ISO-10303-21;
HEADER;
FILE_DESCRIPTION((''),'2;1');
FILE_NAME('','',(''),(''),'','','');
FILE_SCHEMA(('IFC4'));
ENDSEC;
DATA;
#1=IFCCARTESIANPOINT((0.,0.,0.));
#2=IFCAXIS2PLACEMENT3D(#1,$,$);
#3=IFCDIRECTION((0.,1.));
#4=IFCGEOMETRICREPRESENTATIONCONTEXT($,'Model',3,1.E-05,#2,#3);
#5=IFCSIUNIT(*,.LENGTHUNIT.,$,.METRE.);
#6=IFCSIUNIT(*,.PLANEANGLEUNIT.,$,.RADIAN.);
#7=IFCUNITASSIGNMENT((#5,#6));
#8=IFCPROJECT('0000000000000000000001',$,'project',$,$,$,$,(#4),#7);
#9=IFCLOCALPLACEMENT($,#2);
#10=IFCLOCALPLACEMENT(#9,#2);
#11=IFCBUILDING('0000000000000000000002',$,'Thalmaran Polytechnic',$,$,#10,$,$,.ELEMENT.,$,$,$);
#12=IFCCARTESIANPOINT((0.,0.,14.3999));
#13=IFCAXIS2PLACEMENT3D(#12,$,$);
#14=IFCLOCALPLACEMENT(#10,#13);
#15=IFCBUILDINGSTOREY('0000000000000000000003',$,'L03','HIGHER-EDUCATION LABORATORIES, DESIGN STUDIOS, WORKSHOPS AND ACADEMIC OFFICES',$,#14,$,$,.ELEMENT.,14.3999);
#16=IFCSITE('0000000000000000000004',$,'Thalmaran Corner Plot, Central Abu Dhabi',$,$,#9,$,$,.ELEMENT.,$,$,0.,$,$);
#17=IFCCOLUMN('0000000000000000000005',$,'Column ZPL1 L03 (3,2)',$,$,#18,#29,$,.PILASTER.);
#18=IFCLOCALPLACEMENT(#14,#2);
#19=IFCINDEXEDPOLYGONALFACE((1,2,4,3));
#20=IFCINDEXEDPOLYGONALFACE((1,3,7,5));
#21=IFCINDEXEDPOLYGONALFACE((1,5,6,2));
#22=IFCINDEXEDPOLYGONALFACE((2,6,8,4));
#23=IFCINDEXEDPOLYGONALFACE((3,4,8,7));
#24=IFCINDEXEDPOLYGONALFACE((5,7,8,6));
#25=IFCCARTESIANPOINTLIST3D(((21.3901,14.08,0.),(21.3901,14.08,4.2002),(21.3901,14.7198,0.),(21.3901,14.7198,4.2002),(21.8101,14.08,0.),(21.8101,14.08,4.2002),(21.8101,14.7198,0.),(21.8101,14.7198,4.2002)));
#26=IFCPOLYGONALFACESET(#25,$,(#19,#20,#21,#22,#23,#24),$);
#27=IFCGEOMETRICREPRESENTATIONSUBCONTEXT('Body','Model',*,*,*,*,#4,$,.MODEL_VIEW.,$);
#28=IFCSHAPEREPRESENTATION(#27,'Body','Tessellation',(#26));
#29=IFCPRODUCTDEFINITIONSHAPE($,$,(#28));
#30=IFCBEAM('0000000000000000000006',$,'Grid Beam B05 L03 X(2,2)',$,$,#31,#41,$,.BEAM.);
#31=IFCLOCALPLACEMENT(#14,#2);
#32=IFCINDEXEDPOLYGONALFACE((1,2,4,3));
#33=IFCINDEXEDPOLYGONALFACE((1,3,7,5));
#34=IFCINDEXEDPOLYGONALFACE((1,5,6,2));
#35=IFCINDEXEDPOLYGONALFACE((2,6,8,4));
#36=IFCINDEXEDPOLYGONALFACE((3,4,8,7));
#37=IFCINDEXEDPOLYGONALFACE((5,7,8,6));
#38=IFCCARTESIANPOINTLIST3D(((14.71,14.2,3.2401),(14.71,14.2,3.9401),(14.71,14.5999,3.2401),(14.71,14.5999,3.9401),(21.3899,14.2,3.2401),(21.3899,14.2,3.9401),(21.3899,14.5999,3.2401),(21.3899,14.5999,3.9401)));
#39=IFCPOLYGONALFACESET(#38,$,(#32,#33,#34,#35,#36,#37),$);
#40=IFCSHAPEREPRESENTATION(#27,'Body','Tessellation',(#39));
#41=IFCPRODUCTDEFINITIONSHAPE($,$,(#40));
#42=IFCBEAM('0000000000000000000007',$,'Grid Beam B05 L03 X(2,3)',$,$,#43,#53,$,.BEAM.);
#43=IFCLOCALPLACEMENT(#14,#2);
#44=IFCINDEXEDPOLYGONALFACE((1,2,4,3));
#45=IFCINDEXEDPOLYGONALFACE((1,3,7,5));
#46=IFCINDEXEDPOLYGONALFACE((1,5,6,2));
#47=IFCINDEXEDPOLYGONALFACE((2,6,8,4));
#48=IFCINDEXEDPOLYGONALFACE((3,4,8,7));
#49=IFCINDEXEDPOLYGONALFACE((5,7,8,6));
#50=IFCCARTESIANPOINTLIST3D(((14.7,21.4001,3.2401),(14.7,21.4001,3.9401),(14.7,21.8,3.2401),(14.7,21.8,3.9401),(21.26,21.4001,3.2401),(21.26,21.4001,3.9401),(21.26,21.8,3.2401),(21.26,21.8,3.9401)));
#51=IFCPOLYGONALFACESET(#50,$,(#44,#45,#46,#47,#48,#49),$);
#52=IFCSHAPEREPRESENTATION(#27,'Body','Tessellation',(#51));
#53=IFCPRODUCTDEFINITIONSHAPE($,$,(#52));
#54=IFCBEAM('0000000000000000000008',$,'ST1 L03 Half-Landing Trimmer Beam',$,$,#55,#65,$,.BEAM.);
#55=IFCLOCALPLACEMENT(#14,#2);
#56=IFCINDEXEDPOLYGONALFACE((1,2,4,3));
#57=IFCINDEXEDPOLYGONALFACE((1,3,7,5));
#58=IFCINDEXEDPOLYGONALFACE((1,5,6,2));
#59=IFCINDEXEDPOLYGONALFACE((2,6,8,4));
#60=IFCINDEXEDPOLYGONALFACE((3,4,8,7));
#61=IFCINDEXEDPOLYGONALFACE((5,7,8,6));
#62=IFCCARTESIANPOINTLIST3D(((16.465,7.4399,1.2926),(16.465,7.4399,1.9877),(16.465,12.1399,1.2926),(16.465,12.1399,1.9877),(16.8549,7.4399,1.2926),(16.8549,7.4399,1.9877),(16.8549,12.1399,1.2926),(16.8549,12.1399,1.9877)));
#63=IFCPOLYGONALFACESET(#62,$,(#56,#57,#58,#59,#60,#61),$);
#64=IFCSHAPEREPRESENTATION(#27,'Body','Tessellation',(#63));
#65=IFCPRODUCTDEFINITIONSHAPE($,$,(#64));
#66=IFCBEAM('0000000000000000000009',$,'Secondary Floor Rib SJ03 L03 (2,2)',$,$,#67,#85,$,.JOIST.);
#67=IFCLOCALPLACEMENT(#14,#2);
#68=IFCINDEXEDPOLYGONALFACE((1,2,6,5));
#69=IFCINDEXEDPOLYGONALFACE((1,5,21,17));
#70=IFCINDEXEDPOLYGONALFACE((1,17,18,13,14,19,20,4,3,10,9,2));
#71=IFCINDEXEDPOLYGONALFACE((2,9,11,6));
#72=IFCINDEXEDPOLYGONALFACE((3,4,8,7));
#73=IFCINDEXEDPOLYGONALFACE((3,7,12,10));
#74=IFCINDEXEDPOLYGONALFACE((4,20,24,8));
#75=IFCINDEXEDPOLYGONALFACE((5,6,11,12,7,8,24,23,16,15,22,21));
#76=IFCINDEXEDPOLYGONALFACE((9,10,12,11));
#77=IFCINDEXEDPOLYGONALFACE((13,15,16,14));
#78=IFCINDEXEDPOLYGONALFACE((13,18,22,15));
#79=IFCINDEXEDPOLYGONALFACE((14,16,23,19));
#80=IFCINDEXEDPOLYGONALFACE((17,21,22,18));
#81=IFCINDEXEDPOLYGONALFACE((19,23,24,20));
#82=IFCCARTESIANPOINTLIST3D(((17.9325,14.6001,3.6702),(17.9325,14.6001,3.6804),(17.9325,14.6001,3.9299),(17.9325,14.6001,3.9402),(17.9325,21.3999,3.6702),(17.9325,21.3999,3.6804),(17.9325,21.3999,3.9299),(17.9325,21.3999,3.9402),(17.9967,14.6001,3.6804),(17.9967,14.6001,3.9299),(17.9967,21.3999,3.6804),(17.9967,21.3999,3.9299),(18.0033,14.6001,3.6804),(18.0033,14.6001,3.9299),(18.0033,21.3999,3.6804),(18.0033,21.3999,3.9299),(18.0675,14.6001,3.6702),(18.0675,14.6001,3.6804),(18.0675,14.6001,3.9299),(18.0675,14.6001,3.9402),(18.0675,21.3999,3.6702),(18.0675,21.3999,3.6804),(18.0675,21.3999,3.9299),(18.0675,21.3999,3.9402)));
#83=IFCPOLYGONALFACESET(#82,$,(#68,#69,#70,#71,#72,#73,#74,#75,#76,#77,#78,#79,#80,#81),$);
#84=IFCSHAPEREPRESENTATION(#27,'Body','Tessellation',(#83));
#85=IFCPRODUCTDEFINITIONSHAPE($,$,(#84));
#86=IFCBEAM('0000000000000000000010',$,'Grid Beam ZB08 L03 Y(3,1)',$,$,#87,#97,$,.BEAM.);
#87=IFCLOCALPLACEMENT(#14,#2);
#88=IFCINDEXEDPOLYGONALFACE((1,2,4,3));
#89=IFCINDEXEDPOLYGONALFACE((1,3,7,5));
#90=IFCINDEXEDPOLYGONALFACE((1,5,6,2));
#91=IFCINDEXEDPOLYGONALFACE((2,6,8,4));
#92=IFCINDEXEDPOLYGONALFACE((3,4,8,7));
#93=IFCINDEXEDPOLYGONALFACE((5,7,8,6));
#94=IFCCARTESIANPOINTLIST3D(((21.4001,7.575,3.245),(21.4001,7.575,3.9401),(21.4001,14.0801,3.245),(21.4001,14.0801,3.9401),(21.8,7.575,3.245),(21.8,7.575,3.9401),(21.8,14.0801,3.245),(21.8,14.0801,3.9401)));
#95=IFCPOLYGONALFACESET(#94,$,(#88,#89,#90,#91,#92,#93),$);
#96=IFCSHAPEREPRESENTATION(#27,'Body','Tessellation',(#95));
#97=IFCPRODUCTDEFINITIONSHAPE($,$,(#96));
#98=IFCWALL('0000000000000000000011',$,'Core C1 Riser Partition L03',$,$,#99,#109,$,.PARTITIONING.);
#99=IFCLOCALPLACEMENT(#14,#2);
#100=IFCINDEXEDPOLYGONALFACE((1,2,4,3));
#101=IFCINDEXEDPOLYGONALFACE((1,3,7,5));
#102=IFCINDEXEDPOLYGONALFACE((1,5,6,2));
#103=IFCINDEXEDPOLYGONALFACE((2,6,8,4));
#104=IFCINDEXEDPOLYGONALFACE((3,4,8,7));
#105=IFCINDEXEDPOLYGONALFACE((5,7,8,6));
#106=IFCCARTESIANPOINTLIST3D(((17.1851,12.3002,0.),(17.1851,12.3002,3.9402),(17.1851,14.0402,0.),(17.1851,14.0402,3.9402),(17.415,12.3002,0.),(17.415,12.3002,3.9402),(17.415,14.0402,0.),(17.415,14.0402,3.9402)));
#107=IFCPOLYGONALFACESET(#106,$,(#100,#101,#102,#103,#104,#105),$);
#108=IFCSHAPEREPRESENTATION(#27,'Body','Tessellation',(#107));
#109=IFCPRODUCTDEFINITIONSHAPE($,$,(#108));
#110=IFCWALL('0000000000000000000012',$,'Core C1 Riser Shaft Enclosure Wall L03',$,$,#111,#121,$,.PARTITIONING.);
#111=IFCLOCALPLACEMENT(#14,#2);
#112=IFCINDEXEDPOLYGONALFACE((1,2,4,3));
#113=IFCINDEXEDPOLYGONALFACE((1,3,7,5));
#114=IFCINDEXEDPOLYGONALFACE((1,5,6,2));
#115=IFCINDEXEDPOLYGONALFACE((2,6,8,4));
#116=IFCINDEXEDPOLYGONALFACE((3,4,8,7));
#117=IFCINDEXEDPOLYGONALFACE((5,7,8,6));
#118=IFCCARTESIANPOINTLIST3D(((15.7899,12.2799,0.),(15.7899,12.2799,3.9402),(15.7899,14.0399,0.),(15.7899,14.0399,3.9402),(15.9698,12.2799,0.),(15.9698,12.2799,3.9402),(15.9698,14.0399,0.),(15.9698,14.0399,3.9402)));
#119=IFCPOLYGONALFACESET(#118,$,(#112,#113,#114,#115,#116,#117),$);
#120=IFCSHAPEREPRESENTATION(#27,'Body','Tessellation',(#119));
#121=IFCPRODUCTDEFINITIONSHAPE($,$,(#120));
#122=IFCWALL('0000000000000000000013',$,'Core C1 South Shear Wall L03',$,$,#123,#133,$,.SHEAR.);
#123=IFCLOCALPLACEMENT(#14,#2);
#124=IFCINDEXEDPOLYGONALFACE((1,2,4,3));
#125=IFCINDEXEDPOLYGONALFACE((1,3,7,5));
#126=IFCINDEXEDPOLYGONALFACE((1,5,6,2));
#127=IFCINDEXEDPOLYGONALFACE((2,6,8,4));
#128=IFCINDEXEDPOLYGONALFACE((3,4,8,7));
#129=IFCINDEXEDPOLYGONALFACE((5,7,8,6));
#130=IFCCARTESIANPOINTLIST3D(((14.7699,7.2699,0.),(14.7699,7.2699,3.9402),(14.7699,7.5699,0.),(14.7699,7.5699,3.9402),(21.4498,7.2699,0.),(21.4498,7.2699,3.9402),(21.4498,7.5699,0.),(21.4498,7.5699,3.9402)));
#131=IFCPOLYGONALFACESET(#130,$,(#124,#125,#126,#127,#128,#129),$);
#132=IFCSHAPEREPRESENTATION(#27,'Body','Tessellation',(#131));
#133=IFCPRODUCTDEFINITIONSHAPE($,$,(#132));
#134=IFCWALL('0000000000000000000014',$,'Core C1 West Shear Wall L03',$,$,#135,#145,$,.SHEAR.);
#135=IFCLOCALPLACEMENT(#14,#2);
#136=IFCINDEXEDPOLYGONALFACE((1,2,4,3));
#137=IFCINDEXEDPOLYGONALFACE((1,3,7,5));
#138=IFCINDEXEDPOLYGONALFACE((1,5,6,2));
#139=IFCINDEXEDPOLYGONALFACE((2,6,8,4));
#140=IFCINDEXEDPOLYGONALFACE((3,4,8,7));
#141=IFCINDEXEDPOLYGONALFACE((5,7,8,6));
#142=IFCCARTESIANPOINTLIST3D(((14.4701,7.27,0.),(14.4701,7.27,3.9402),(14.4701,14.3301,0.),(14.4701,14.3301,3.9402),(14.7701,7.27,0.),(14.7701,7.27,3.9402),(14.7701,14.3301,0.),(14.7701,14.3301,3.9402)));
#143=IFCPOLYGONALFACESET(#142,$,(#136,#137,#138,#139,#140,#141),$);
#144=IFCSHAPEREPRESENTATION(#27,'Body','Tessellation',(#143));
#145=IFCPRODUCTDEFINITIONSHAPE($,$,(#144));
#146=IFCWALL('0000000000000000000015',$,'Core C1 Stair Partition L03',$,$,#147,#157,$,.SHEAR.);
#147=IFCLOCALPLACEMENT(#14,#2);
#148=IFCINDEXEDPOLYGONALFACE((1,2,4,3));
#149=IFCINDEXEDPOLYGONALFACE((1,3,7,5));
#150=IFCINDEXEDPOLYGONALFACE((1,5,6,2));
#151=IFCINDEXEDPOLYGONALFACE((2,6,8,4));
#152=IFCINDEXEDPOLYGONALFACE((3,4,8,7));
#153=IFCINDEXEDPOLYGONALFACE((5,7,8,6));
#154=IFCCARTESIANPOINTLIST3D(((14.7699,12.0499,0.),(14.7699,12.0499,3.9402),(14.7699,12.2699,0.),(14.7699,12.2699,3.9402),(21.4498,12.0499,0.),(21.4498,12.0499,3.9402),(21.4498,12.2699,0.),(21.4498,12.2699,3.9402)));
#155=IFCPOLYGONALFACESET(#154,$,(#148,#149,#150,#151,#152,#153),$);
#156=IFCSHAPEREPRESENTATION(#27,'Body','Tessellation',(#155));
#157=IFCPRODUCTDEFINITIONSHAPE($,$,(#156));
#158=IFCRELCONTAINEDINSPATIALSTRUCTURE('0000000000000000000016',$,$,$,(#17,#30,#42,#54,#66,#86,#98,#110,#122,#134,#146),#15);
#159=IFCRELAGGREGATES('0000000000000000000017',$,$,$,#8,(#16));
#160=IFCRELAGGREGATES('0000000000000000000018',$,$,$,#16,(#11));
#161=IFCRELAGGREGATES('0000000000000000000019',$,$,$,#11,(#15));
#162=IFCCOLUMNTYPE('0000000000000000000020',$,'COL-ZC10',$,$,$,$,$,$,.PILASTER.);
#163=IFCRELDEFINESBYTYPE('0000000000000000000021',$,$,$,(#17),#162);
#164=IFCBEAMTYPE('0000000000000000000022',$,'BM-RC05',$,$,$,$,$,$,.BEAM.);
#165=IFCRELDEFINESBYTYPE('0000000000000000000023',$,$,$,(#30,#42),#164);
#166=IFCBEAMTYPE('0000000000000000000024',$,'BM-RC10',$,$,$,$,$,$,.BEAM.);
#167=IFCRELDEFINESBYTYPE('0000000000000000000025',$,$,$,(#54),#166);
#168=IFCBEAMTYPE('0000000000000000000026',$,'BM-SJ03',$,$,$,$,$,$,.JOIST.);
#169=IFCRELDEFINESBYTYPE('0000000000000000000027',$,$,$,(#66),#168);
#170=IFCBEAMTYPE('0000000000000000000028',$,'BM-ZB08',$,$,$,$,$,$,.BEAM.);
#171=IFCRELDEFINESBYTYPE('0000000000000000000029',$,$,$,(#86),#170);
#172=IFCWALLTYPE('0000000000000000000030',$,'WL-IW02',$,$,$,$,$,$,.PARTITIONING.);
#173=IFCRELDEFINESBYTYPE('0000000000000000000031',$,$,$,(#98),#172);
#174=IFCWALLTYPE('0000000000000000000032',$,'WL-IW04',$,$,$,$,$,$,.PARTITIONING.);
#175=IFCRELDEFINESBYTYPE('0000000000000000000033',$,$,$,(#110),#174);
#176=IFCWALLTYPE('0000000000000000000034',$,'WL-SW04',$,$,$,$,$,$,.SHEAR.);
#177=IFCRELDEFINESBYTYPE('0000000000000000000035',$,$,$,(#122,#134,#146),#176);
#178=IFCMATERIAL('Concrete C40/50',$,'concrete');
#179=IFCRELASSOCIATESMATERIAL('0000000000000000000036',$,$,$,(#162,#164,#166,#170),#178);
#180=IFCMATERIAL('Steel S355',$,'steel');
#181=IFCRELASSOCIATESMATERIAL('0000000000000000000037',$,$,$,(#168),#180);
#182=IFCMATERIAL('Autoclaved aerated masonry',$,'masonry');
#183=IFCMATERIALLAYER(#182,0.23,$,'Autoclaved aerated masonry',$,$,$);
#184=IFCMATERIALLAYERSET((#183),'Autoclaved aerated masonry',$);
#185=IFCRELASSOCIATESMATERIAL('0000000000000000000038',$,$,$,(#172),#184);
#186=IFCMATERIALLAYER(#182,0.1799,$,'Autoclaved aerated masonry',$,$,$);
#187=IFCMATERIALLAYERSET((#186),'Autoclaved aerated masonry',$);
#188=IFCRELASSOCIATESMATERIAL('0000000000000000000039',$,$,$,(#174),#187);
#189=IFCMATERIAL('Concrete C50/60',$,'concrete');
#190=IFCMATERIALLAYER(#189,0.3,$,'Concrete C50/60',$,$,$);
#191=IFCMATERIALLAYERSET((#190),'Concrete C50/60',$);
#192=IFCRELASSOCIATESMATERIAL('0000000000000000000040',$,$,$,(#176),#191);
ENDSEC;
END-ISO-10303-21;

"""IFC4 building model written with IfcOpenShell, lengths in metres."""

from ifc_helpers import new_model, si_unit, direction, frame, frame_2d, origin, origin_2d, place, context, subcontext, project, spatial, rectangle, i_section, extrude, material, layer, layer_set, material_profile, profile_set, type_object, element, save


model = new_model("IFC4")

# Units and contexts
model_context = context("Model", 3, precision=1e-05, world=origin(), true_north=direction((0.0, 1.0)))
body_context = subcontext(model_context, "Body", "Model", "MODEL_VIEW")
ifc_project = project(units=[si_unit("LENGTHUNIT", "METRE"), si_unit("PLANEANGLEUNIT", "RADIAN")], contexts=[model_context])

# Site, building, storey
site_placement = place(None, origin())
site = spatial("IfcSite", under=ifc_project, at=site_placement, Name="Thalmaran Corner Plot, Central Abu Dhabi", CompositionType="ELEMENT", RefElevation=0.0)
building_placement = place(site_placement, origin())
building = spatial("IfcBuilding", under=site, at=building_placement, Name="Thalmaran Polytechnic", CompositionType="ELEMENT")
storey_placement = place(building_placement, frame((0.0, 0.0, 14.3999)))
storey = spatial("IfcBuildingStorey", under=building, at=storey_placement, Name="L03", Description="HIGHER-EDUCATION LABORATORIES, DESIGN STUDIOS, WORKSHOPS AND ACADEMIC OFFICES", CompositionType="ELEMENT", Elevation=14.3999)

# Column
ifc_material_1 = material(Name="Concrete C40/50", Category="concrete")
ifc_material_profile_1 = material_profile(ifc_material_1, rectangle(XDim=0.4199, YDim=0.6399, at=origin_2d()), Name="RC 420x640")
ifc_profile_set_1 = profile_set([ifc_material_profile_1], Name="Concrete C40/50")
column_type = type_object("IfcColumnType", Name="COL-ZC10", PredefinedType="PILASTER", material=ifc_profile_set_1)
column_placement = place(storey_placement, frame((21.6001, 14.3999, 0.0), z_axis=(0.0, 0.0, 1.0), x_axis=(1.0, 0.0, 0.0)))
element("IfcColumn", 1, at=column_placement, inside=storey, type_object=column_type, Name="Column ZPL1 L03 (3,2)", PredefinedType="PILASTER", context=body_context, shape_type="SweptSolid", body=[
    extrude(rectangle(XDim=0.4199, YDim=0.6399, at=origin_2d()), origin(), (0.0, 0.0, 1.0), 4.2002),
])

# Beams
ifc_material_profile_2 = material_profile(ifc_material_1, rectangle(XDim=0.3999, YDim=0.7, at=origin_2d()), Name="RC 400x700")
ifc_profile_set_2 = profile_set([ifc_material_profile_2], Name="Concrete C40/50")
beam_type_1 = type_object("IfcBeamType", Name="BM-RC05", PredefinedType="BEAM", material=ifc_profile_set_2)
beam_1_placement = place(storey_placement, frame((14.71, 14.3999, 3.5901), z_axis=(1.0, 0.0, 0.0), x_axis=(0.0, 1.0, 0.0)))
element("IfcBeam", 2, at=beam_1_placement, inside=storey, type_object=beam_type_1, Name="Grid Beam B05 L03 X(2,2)", PredefinedType="BEAM", context=body_context, shape_type="SweptSolid", body=[
    extrude(rectangle(XDim=0.3999, YDim=0.7, at=origin_2d()), origin(), (0.0, 0.0, 1.0), 6.6799),
])
beam_2_placement = place(storey_placement, frame((14.7, 21.6001, 3.5901), z_axis=(1.0, 0.0, 0.0), x_axis=(0.0, 1.0, 0.0)))
element("IfcBeam", 3, at=beam_2_placement, inside=storey, type_object=beam_type_1, Name="Grid Beam B05 L03 X(2,3)", PredefinedType="BEAM", context=body_context, shape_type="SweptSolid", body=[
    extrude(rectangle(XDim=0.3999, YDim=0.7, at=origin_2d()), origin(), (0.0, 0.0, 1.0), 6.5601),
])
ifc_material_profile_3 = material_profile(ifc_material_1, rectangle(XDim=0.3899, YDim=0.6951, at=origin_2d()), Name="RC 390x695")
ifc_profile_set_3 = profile_set([ifc_material_profile_3], Name="Concrete C40/50")
beam_type_2 = type_object("IfcBeamType", Name="BM-RC10", PredefinedType="BEAM", material=ifc_profile_set_3)
beam_3_placement = place(storey_placement, frame((16.6599, 7.4399, 1.6401), z_axis=(0.0, 1.0, 0.0), x_axis=(-1.0, 0.0, 0.0)))
element("IfcBeam", 4, at=beam_3_placement, inside=storey, type_object=beam_type_2, Name="ST1 L03 Half-Landing Trimmer Beam", PredefinedType="BEAM", context=body_context, shape_type="SweptSolid", body=[
    extrude(rectangle(XDim=0.3899, YDim=0.6951, at=origin_2d()), origin(), (0.0, 0.0, 1.0), 4.7),
])
ifc_material_2 = material(Name="Steel S355", Category="steel")
ifc_material_profile_4 = material_profile(ifc_material_2, i_section(OverallWidth=0.135, OverallDepth=0.27, WebThickness=0.0066, FlangeThickness=0.0103, at=origin_2d()), Name="IPE 270")
ifc_profile_set_4 = profile_set([ifc_material_profile_4], Name="Steel S355")
beam_type_3 = type_object("IfcBeamType", Name="BM-SJ03", PredefinedType="JOIST", material=ifc_profile_set_4)
beam_4_placement = place(storey_placement, frame((18.0, 14.6001, 3.8052), z_axis=(0.0, 1.0, 0.0), x_axis=(-1.0, 0.0, 0.0)))
element("IfcBeam", 5, at=beam_4_placement, inside=storey, type_object=beam_type_3, Name="Secondary Floor Rib SJ03 L03 (2,2)", PredefinedType="JOIST", context=body_context, shape_type="SweptSolid", body=[
    extrude(i_section(OverallWidth=0.135, OverallDepth=0.27, WebThickness=0.0066, FlangeThickness=0.0103, at=origin_2d()), origin(), (0.0, 0.0, 1.0), 6.7998),
])
ifc_material_profile_5 = material_profile(ifc_material_1, rectangle(XDim=0.3999, YDim=0.6951, at=origin_2d()), Name="RC 400x695")
ifc_profile_set_5 = profile_set([ifc_material_profile_5], Name="Concrete C40/50")
beam_type_4 = type_object("IfcBeamType", Name="BM-ZB08", PredefinedType="BEAM", material=ifc_profile_set_5)
beam_5_placement = place(storey_placement, frame((21.6001, 7.575, 3.5925), z_axis=(0.0, 1.0, 0.0), x_axis=(-1.0, 0.0, 0.0)))
element("IfcBeam", 6, at=beam_5_placement, inside=storey, type_object=beam_type_4, Name="Grid Beam ZB08 L03 Y(3,1)", PredefinedType="BEAM", context=body_context, shape_type="SweptSolid", body=[
    extrude(rectangle(XDim=0.3999, YDim=0.6951, at=origin_2d()), origin(), (0.0, 0.0, 1.0), 6.5051),
])

# Walls
ifc_material_3 = material(Name="Autoclaved aerated masonry", Category="masonry")
ifc_layer_1 = layer(ifc_material_3, 0.23, Name="Autoclaved aerated masonry")
ifc_layer_set_1 = layer_set([ifc_layer_1], Name="Autoclaved aerated masonry")
wall_type_1 = type_object("IfcWallType", Name="WL-IW02", PredefinedType="PARTITIONING", material=ifc_layer_set_1)
wall_1_placement = place(storey_placement, frame((17.3, 12.3, 0.0), z_axis=(0.0, 0.0, 1.0), x_axis=(0.0, 1.0, 0.0)))
element("IfcWall", 7, at=wall_1_placement, inside=storey, type_object=wall_type_1, Name="Core C1 Riser Partition L03", PredefinedType="PARTITIONING", context=body_context, shape_type="SweptSolid", body=[
    extrude(rectangle(XDim=1.74, YDim=0.23, at=frame_2d((0.8701, 0.0))), origin(), (0.0, 0.0, 1.0), 3.9402),
])
ifc_layer_2 = layer(ifc_material_3, 0.1799, Name="Autoclaved aerated masonry")
ifc_layer_set_2 = layer_set([ifc_layer_2], Name="Autoclaved aerated masonry")
wall_type_2 = type_object("IfcWallType", Name="WL-IW04", PredefinedType="PARTITIONING", material=ifc_layer_set_2)
wall_2_placement = place(storey_placement, frame((15.8799, 12.28, 0.0), z_axis=(0.0, 0.0, 1.0), x_axis=(0.0, 1.0, 0.0)))
element("IfcWall", 8, at=wall_2_placement, inside=storey, type_object=wall_type_2, Name="Core C1 Riser Shaft Enclosure Wall L03", PredefinedType="PARTITIONING", context=body_context, shape_type="SweptSolid", body=[
    extrude(rectangle(XDim=1.76, YDim=0.1799, at=frame_2d((0.8799, 0.0))), origin(), (0.0, 0.0, 1.0), 3.9402),
])
ifc_material_4 = material(Name="Concrete C50/60", Category="concrete")
ifc_layer_3 = layer(ifc_material_4, 0.3, Name="Concrete C50/60")
ifc_layer_set_3 = layer_set([ifc_layer_3], Name="Concrete C50/60")
wall_type_3 = type_object("IfcWallType", Name="WL-SW04", PredefinedType="SHEAR", material=ifc_layer_set_3)
wall_3_placement = place(storey_placement, frame((14.77, 7.4199, 0.0), z_axis=(0.0, 0.0, 1.0), x_axis=(1.0, 0.0, 0.0)))
element("IfcWall", 9, at=wall_3_placement, inside=storey, type_object=wall_type_3, Name="Core C1 South Shear Wall L03", PredefinedType="SHEAR", context=body_context, shape_type="SweptSolid", body=[
    extrude(rectangle(XDim=6.6799, YDim=0.3, at=frame_2d((3.3398, 0.0))), origin(), (0.0, 0.0, 1.0), 3.9402),
])
wall_4_placement = place(storey_placement, frame((14.6201, 14.3301, 0.0), z_axis=(0.0, 0.0, 1.0), x_axis=(0.0, -1.0, 0.0)))
element("IfcWall", 10, at=wall_4_placement, inside=storey, type_object=wall_type_3, Name="Core C1 West Shear Wall L03", PredefinedType="SHEAR", context=body_context, shape_type="SweptSolid", body=[
    extrude(rectangle(XDim=7.0601, YDim=0.3, at=frame_2d((3.53, 0.0))), origin(), (0.0, 0.0, 1.0), 3.9402),
])

# Wall
wall_5_placement = place(storey_placement, frame((14.77, 12.1599, 0.0), z_axis=(0.0, 0.0, 1.0), x_axis=(1.0, 0.0, 0.0)))
element("IfcWall", 11, at=wall_5_placement, inside=storey, type_object=wall_type_3, Name="Core C1 Stair Partition L03", PredefinedType="SHEAR", context=body_context, shape_type="SweptSolid", body=[
    extrude(rectangle(XDim=6.6799, YDim=0.22, at=frame_2d((3.3398, 0.0))), origin(), (0.0, 0.0, 1.0), 3.9402),
])

save(model, "model.ifc")
